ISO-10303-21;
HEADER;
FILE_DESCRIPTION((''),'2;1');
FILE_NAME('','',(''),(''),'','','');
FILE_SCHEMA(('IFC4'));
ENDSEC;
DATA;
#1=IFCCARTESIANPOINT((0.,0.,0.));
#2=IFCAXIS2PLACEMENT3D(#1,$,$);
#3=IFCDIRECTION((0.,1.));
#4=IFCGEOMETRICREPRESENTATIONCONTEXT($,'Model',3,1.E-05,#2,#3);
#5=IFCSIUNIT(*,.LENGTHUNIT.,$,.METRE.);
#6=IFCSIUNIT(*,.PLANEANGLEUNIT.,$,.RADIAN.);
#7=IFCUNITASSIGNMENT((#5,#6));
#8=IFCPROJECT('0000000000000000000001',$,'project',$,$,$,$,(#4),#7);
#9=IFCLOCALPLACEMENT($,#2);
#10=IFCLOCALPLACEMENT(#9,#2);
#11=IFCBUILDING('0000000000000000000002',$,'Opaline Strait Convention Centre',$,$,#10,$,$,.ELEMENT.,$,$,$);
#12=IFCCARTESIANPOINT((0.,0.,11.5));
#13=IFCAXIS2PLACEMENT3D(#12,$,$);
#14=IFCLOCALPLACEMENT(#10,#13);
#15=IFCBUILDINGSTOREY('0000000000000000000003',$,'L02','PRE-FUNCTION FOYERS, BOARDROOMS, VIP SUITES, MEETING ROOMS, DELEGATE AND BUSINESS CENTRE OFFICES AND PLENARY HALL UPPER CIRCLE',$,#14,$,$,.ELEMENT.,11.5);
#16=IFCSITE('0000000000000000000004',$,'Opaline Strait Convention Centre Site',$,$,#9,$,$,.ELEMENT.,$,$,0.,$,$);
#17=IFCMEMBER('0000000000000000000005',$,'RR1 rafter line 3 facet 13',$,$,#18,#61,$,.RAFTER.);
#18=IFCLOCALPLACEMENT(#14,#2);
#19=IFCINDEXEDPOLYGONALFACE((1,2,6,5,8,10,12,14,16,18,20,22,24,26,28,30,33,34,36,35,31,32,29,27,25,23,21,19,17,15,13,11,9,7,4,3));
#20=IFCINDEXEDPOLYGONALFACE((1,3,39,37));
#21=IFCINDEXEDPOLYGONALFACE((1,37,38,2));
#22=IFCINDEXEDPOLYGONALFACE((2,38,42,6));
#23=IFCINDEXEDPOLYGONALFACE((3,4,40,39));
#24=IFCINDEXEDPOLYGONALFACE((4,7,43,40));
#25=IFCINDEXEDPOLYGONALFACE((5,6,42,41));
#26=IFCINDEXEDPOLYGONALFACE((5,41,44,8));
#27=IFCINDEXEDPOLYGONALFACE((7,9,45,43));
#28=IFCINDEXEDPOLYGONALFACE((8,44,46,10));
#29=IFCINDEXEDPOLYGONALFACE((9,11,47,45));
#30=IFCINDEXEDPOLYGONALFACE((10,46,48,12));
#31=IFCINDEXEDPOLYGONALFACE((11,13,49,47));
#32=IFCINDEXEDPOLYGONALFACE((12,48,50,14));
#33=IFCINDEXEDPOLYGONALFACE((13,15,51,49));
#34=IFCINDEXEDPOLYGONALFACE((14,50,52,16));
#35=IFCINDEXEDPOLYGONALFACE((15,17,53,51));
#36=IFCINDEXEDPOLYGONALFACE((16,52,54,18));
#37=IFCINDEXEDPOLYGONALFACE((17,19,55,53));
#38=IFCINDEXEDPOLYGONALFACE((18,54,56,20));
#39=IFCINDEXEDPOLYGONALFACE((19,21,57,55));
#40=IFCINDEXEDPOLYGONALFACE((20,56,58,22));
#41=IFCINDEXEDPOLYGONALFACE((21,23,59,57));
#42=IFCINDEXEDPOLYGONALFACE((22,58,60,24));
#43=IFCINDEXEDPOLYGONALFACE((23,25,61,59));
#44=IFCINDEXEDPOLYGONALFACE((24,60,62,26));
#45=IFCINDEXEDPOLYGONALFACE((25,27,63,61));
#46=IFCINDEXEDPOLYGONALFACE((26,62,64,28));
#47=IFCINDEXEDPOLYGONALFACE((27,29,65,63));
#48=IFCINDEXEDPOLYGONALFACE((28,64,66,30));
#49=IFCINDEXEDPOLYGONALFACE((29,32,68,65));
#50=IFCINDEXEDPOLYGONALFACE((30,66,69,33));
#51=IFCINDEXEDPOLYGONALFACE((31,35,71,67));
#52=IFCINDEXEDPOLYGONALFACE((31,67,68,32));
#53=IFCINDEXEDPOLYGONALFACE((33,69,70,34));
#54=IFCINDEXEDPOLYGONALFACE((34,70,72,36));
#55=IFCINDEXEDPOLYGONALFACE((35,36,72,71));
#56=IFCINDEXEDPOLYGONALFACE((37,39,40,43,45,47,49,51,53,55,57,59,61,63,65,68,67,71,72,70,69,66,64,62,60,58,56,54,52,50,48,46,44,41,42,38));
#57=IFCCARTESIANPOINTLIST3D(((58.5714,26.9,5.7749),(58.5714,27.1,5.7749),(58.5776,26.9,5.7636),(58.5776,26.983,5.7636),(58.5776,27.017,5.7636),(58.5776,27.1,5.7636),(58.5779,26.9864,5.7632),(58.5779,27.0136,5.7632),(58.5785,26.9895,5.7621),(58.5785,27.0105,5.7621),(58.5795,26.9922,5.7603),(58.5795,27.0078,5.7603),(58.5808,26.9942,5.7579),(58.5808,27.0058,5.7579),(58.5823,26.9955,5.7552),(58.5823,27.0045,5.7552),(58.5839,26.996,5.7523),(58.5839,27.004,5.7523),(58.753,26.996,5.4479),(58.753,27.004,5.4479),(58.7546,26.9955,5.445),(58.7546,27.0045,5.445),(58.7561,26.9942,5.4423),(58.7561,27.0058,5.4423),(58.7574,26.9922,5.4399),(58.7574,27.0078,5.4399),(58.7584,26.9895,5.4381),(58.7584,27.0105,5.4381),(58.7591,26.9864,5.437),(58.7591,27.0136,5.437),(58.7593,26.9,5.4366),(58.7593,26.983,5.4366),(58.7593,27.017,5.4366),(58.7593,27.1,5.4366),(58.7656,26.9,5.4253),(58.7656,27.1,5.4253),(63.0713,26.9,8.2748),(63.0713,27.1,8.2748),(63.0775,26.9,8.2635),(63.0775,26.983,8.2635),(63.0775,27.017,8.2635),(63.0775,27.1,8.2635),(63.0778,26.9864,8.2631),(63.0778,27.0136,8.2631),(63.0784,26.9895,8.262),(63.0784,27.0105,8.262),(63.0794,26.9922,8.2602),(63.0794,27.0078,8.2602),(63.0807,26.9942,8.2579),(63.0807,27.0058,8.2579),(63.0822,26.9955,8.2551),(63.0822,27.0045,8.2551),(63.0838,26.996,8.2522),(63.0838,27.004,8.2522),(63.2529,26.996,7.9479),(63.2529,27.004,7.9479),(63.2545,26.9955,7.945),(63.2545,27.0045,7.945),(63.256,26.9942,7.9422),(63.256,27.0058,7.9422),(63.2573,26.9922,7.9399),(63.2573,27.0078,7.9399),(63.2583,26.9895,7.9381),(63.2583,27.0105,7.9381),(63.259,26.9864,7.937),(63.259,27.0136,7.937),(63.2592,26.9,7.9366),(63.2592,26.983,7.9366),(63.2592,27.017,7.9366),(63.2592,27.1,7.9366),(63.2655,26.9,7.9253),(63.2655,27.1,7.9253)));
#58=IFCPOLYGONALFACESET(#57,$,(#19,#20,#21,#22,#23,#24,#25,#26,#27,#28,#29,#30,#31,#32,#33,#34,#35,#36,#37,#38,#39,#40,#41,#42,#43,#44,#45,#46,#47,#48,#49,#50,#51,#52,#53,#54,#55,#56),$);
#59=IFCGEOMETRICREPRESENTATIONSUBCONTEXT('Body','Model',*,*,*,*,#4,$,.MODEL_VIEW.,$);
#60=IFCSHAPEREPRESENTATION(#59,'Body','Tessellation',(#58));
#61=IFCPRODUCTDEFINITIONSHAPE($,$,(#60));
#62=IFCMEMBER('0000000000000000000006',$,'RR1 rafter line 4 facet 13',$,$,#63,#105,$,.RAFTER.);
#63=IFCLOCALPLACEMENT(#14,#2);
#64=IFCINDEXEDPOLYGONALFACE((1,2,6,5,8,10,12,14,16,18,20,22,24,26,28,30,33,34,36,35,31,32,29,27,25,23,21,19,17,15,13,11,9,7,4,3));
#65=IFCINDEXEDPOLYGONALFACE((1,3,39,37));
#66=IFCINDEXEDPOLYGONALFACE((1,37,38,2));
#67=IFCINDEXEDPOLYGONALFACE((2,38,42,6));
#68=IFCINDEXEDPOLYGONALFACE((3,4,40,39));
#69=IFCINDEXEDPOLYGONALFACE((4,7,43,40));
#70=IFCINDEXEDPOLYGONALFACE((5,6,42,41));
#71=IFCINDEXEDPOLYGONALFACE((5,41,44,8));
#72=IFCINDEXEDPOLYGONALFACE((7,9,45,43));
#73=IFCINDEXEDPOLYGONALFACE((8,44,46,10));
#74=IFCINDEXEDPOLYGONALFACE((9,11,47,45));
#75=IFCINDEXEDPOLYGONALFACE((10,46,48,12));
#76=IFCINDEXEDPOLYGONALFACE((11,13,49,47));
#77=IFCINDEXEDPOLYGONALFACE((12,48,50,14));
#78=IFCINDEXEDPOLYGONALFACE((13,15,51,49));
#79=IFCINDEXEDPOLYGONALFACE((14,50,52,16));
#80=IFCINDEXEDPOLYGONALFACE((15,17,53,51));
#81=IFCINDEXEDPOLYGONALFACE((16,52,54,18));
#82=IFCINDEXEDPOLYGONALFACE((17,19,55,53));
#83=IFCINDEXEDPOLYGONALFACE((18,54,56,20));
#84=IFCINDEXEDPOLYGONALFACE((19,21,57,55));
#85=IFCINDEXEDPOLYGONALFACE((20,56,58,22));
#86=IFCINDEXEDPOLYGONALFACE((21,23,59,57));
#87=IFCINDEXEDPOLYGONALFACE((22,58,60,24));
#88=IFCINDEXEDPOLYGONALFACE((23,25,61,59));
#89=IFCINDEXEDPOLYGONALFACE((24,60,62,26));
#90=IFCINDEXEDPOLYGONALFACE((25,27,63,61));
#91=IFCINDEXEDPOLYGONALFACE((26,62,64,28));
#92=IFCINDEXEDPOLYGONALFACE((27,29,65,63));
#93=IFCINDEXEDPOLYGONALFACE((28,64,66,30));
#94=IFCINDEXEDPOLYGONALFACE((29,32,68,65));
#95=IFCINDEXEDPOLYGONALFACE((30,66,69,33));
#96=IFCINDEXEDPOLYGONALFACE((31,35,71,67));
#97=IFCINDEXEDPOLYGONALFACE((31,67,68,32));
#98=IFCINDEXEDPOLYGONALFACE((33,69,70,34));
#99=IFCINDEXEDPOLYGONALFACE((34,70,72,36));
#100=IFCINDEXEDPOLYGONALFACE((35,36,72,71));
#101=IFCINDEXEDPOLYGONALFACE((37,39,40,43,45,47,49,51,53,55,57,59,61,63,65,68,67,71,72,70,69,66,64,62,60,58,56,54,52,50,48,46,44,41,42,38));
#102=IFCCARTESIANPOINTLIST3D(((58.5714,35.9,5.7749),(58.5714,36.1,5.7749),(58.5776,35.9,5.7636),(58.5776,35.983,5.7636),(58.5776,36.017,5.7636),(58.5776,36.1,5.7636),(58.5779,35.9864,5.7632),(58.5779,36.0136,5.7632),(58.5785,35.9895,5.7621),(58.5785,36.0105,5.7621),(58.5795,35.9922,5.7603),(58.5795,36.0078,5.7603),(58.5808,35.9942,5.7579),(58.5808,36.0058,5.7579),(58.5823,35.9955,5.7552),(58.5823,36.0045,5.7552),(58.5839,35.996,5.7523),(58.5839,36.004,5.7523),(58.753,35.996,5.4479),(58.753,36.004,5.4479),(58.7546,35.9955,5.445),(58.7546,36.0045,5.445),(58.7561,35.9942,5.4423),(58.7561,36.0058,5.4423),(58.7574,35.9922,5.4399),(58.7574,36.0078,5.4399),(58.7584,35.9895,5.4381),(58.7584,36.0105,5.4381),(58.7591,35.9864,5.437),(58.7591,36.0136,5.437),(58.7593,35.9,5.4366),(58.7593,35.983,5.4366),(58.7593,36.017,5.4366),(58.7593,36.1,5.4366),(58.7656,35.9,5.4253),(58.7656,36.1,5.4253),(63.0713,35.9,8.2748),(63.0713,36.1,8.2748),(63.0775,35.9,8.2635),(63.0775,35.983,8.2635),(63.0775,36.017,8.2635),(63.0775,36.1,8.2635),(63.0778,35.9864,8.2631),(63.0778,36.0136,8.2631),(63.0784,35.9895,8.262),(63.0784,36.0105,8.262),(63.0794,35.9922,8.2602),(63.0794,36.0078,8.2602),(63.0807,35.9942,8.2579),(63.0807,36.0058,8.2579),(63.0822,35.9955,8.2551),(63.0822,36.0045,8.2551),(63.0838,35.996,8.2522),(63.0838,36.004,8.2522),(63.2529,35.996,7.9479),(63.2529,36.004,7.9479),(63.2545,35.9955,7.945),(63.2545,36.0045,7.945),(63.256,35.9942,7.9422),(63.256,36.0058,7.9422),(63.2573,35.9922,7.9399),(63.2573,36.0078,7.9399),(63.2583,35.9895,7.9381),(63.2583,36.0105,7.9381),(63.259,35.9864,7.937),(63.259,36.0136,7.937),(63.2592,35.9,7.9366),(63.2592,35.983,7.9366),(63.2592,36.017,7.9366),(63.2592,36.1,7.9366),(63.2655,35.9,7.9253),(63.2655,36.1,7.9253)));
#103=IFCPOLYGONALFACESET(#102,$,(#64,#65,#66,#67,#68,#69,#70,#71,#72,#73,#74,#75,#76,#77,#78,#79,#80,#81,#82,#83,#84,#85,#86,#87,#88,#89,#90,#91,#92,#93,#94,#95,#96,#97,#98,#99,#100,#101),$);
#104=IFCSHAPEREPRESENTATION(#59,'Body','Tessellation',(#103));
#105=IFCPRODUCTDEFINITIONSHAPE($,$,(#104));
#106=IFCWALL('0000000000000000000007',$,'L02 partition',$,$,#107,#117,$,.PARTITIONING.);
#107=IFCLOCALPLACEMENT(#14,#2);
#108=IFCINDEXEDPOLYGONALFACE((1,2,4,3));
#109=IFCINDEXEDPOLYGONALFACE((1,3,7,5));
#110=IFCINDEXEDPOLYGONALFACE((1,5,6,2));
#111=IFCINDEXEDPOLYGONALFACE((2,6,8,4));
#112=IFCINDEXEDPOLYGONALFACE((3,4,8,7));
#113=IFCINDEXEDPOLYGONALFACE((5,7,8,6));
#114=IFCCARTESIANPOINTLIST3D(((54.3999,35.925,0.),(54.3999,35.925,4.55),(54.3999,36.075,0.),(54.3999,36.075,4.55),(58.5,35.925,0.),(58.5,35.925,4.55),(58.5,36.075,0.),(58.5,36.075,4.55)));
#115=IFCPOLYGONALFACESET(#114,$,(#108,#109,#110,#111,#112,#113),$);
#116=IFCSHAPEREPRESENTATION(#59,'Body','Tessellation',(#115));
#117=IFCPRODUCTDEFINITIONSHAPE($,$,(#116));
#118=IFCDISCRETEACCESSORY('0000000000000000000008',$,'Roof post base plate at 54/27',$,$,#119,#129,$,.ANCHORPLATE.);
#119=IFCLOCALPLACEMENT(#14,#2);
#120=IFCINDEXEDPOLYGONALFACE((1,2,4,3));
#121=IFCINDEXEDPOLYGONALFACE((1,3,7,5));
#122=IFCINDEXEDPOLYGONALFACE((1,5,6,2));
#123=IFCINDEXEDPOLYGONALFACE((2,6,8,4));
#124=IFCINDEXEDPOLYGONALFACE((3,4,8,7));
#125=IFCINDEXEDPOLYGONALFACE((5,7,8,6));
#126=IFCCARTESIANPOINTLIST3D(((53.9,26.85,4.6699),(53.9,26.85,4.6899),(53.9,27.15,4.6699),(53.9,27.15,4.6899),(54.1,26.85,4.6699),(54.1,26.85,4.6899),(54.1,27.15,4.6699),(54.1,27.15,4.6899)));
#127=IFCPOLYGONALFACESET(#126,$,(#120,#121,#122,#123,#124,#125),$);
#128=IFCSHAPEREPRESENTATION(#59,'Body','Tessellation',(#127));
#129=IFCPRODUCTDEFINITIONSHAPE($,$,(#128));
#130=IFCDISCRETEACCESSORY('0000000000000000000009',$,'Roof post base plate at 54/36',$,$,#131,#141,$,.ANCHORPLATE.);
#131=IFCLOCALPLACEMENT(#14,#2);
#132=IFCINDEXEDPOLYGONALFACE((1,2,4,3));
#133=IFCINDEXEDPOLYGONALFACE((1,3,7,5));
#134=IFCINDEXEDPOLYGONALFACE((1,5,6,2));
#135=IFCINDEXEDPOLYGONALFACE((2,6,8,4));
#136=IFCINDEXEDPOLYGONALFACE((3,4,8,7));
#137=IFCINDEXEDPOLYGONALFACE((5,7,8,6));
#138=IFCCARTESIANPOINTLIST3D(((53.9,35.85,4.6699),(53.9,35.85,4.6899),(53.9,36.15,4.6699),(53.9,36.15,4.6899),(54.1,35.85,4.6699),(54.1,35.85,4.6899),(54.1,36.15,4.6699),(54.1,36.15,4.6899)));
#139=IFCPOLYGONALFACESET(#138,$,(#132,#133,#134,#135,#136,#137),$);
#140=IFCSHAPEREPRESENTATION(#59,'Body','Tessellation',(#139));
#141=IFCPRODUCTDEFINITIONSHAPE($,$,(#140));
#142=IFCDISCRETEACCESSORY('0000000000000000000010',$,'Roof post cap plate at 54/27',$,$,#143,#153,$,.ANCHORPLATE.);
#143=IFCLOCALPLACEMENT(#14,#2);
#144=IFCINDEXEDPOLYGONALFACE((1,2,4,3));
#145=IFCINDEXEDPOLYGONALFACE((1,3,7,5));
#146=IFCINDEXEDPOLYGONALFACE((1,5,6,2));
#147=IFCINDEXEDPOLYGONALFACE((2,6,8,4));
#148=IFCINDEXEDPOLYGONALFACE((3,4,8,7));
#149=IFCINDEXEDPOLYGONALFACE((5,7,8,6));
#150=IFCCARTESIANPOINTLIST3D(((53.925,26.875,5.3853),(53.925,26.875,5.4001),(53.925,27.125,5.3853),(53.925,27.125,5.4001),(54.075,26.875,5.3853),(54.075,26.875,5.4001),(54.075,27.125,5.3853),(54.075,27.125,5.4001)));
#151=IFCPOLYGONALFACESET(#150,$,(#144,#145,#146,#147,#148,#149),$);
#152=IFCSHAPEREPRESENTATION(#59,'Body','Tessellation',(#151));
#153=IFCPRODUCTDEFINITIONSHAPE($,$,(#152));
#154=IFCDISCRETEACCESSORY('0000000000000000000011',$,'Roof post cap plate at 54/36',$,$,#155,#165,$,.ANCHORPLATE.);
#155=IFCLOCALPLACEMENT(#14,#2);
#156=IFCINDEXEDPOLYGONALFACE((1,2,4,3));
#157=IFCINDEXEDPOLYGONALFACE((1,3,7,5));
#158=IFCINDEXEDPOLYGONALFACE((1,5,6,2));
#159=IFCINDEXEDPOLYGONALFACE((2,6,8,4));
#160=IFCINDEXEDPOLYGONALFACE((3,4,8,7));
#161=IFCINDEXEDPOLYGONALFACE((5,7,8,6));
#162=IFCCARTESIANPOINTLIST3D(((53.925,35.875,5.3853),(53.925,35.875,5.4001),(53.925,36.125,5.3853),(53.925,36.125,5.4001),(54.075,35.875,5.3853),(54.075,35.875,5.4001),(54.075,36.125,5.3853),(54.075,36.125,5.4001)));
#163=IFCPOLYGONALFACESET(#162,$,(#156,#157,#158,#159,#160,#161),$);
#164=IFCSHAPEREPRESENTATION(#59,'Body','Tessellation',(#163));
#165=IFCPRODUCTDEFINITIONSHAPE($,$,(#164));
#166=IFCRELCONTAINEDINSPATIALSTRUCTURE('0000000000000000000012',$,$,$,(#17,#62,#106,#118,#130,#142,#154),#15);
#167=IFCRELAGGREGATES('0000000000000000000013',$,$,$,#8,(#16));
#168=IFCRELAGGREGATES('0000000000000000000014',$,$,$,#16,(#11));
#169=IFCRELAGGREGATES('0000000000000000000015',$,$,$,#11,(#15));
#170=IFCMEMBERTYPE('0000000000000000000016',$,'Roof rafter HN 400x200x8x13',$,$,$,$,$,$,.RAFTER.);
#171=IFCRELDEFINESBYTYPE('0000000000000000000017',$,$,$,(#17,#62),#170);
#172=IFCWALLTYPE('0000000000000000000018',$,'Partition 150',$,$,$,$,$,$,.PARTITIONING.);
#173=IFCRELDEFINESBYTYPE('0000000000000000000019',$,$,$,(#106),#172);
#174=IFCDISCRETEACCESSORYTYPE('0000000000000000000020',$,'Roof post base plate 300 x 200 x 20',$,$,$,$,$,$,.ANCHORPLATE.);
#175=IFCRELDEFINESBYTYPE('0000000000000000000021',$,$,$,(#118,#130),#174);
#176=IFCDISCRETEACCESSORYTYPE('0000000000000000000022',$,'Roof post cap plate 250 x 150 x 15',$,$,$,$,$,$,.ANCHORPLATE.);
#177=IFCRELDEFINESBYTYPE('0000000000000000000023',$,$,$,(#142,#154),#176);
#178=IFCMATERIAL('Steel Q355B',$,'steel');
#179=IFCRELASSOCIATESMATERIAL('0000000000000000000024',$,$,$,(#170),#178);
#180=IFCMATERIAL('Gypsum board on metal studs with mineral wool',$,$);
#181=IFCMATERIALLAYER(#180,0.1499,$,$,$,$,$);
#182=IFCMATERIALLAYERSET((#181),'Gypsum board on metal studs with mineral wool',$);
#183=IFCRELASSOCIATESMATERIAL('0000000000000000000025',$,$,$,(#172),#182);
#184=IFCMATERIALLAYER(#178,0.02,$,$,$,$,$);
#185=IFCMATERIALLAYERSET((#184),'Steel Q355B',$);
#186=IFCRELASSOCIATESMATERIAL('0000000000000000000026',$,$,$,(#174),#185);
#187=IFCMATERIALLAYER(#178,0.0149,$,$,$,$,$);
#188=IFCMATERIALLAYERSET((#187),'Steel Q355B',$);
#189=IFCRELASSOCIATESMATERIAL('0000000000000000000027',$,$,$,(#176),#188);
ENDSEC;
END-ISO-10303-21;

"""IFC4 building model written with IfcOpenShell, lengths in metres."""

from ifc_helpers import new_model, si_unit, direction, frame, frame_2d, origin, origin_2d, place, context, subcontext, project, spatial, rectangle, i_section, extrude, material, layer, layer_set, material_profile, profile_set, type_object, element, save


model = new_model("IFC4")

# Units and contexts
model_context = context("Model", 3, precision=1e-05, world=origin(), true_north=direction((0.0, 1.0)))
body_context = subcontext(model_context, "Body", "Model", "MODEL_VIEW")
ifc_project = project(units=[si_unit("LENGTHUNIT", "METRE"), si_unit("PLANEANGLEUNIT", "RADIAN")], contexts=[model_context])

# Site, building, storey
site_placement = place(None, origin())
site = spatial("IfcSite", under=ifc_project, at=site_placement, Name="Opaline Strait Convention Centre Site", CompositionType="ELEMENT", RefElevation=0.0)
building_placement = place(site_placement, origin())
building = spatial("IfcBuilding", under=site, at=building_placement, Name="Opaline Strait Convention Centre", CompositionType="ELEMENT")
storey_placement = place(building_placement, frame((0.0, 0.0, 11.5)))
storey = spatial("IfcBuildingStorey", under=building, at=storey_placement, Name="L02", Description="PRE-FUNCTION FOYERS, BOARDROOMS, VIP SUITES, MEETING ROOMS, DELEGATE AND BUSINESS CENTRE OFFICES AND PLENARY HALL UPPER CIRCLE", CompositionType="ELEMENT", Elevation=11.5)

# Shared definitions
ifc_material_1 = material(Name="Steel Q355B", Category="steel")

# Members
ifc_material_profile_1 = material_profile(ifc_material_1, i_section(OverallWidth=0.2, OverallDepth=0.3999, WebThickness=0.0081, FlangeThickness=0.0129, FilletRadius=0.0129, at=origin_2d()), Name="HN 400x200x8x13")
ifc_profile_set_1 = profile_set([ifc_material_profile_1], Name="Steel Q355B")
member_type_1 = type_object("IfcMemberType", Name="Roof rafter HN 400x200x8x13", PredefinedType="RAFTER", material=ifc_profile_set_1)
for number, where, z_axis, x_axis, name in (
    (1, (58.6685, 27.0, 5.6001), (0.874157, 0.0, 0.485643), (0.0, 1.0, 0.0), "RR1 rafter line 3 facet 13"),
    (2, (58.6685, 36.0, 5.6001), (0.874157, 0.0, 0.485643), (0.0, 1.0, 0.0), "RR1 rafter line 4 facet 13"),
):
    element("IfcMember", number, at=place(storey_placement, frame(where, z_axis=z_axis, x_axis=x_axis)), inside=storey, type_object=member_type_1, Name=name, PredefinedType="RAFTER", context=body_context, shape_type="SweptSolid", body=[
        extrude(i_section(OverallWidth=0.2, OverallDepth=0.3999, WebThickness=0.0081, FlangeThickness=0.0129, FilletRadius=0.0129, at=origin_2d()), origin(), (0.0, 0.0, 1.0), 5.1477),
    ])

# Wall
ifc_material_2 = material(Name="Gypsum board on metal studs with mineral wool")
ifc_layer_1 = layer(ifc_material_2, 0.1499)
ifc_layer_set_1 = layer_set([ifc_layer_1], Name="Gypsum board on metal studs with mineral wool")
wall_type = type_object("IfcWallType", Name="Partition 150", PredefinedType="PARTITIONING", material=ifc_layer_set_1)
wall_placement = place(storey_placement, frame((54.3999, 36.0, 0.0), z_axis=(0.0, 0.0, 1.0), x_axis=(1.0, 0.0, 0.0)))
element("IfcWall", 3, at=wall_placement, inside=storey, type_object=wall_type, Name="L02 partition", PredefinedType="PARTITIONING", context=body_context, shape_type="SweptSolid", body=[
    extrude(rectangle(XDim=4.1001, YDim=0.1499, at=frame_2d((2.05, 0.0))), origin(), (0.0, 0.0, 1.0), 4.55),
])

# Discrete accessories
ifc_layer_2 = layer(ifc_material_1, 0.02)
ifc_layer_set_2 = layer_set([ifc_layer_2], Name="Steel Q355B")
discrete_accessory_type_1 = type_object("IfcDiscreteAccessoryType", Name="Roof post base plate 300 x 200 x 20", PredefinedType="ANCHORPLATE", material=ifc_layer_set_2)
for number, where, z_axis, x_axis, name in (
    (4, (54.0, 27.0, 4.6699), (0.0, 0.0, 1.0), (1.0, 0.0, 0.0), "Roof post base plate at 54/27"),
    (5, (54.0, 36.0, 4.6699), (0.0, 0.0, 1.0), (1.0, 0.0, 0.0), "Roof post base plate at 54/36"),
):
    element("IfcDiscreteAccessory", number, at=place(storey_placement, frame(where, z_axis=z_axis, x_axis=x_axis)), inside=storey, type_object=discrete_accessory_type_1, Name=name, PredefinedType="ANCHORPLATE", context=body_context, shape_type="SweptSolid", body=[
        extrude(rectangle(XDim=0.2, YDim=0.3, at=origin_2d()), origin(), (0.0, 0.0, 1.0), 0.02),
    ])
ifc_layer_3 = layer(ifc_material_1, 0.0149)
ifc_layer_set_3 = layer_set([ifc_layer_3], Name="Steel Q355B")
discrete_accessory_type_2 = type_object("IfcDiscreteAccessoryType", Name="Roof post cap plate 250 x 150 x 15", PredefinedType="ANCHORPLATE", material=ifc_layer_set_3)
for number, where, z_axis, x_axis, name in (
    (6, (54.0, 27.0, 5.3853), (0.0, 0.0, 1.0), (1.0, 0.0, 0.0), "Roof post cap plate at 54/27"),
    (7, (54.0, 36.0, 5.3853), (0.0, 0.0, 1.0), (1.0, 0.0, 0.0), "Roof post cap plate at 54/36"),
):
    element("IfcDiscreteAccessory", number, at=place(storey_placement, frame(where, z_axis=z_axis, x_axis=x_axis)), inside=storey, type_object=discrete_accessory_type_2, Name=name, PredefinedType="ANCHORPLATE", context=body_context, shape_type="SweptSolid", body=[
        extrude(rectangle(XDim=0.1499, YDim=0.25, at=origin_2d()), origin(), (0.0, 0.0, 1.0), 0.0149),
    ])

save(model, "model.ifc")
